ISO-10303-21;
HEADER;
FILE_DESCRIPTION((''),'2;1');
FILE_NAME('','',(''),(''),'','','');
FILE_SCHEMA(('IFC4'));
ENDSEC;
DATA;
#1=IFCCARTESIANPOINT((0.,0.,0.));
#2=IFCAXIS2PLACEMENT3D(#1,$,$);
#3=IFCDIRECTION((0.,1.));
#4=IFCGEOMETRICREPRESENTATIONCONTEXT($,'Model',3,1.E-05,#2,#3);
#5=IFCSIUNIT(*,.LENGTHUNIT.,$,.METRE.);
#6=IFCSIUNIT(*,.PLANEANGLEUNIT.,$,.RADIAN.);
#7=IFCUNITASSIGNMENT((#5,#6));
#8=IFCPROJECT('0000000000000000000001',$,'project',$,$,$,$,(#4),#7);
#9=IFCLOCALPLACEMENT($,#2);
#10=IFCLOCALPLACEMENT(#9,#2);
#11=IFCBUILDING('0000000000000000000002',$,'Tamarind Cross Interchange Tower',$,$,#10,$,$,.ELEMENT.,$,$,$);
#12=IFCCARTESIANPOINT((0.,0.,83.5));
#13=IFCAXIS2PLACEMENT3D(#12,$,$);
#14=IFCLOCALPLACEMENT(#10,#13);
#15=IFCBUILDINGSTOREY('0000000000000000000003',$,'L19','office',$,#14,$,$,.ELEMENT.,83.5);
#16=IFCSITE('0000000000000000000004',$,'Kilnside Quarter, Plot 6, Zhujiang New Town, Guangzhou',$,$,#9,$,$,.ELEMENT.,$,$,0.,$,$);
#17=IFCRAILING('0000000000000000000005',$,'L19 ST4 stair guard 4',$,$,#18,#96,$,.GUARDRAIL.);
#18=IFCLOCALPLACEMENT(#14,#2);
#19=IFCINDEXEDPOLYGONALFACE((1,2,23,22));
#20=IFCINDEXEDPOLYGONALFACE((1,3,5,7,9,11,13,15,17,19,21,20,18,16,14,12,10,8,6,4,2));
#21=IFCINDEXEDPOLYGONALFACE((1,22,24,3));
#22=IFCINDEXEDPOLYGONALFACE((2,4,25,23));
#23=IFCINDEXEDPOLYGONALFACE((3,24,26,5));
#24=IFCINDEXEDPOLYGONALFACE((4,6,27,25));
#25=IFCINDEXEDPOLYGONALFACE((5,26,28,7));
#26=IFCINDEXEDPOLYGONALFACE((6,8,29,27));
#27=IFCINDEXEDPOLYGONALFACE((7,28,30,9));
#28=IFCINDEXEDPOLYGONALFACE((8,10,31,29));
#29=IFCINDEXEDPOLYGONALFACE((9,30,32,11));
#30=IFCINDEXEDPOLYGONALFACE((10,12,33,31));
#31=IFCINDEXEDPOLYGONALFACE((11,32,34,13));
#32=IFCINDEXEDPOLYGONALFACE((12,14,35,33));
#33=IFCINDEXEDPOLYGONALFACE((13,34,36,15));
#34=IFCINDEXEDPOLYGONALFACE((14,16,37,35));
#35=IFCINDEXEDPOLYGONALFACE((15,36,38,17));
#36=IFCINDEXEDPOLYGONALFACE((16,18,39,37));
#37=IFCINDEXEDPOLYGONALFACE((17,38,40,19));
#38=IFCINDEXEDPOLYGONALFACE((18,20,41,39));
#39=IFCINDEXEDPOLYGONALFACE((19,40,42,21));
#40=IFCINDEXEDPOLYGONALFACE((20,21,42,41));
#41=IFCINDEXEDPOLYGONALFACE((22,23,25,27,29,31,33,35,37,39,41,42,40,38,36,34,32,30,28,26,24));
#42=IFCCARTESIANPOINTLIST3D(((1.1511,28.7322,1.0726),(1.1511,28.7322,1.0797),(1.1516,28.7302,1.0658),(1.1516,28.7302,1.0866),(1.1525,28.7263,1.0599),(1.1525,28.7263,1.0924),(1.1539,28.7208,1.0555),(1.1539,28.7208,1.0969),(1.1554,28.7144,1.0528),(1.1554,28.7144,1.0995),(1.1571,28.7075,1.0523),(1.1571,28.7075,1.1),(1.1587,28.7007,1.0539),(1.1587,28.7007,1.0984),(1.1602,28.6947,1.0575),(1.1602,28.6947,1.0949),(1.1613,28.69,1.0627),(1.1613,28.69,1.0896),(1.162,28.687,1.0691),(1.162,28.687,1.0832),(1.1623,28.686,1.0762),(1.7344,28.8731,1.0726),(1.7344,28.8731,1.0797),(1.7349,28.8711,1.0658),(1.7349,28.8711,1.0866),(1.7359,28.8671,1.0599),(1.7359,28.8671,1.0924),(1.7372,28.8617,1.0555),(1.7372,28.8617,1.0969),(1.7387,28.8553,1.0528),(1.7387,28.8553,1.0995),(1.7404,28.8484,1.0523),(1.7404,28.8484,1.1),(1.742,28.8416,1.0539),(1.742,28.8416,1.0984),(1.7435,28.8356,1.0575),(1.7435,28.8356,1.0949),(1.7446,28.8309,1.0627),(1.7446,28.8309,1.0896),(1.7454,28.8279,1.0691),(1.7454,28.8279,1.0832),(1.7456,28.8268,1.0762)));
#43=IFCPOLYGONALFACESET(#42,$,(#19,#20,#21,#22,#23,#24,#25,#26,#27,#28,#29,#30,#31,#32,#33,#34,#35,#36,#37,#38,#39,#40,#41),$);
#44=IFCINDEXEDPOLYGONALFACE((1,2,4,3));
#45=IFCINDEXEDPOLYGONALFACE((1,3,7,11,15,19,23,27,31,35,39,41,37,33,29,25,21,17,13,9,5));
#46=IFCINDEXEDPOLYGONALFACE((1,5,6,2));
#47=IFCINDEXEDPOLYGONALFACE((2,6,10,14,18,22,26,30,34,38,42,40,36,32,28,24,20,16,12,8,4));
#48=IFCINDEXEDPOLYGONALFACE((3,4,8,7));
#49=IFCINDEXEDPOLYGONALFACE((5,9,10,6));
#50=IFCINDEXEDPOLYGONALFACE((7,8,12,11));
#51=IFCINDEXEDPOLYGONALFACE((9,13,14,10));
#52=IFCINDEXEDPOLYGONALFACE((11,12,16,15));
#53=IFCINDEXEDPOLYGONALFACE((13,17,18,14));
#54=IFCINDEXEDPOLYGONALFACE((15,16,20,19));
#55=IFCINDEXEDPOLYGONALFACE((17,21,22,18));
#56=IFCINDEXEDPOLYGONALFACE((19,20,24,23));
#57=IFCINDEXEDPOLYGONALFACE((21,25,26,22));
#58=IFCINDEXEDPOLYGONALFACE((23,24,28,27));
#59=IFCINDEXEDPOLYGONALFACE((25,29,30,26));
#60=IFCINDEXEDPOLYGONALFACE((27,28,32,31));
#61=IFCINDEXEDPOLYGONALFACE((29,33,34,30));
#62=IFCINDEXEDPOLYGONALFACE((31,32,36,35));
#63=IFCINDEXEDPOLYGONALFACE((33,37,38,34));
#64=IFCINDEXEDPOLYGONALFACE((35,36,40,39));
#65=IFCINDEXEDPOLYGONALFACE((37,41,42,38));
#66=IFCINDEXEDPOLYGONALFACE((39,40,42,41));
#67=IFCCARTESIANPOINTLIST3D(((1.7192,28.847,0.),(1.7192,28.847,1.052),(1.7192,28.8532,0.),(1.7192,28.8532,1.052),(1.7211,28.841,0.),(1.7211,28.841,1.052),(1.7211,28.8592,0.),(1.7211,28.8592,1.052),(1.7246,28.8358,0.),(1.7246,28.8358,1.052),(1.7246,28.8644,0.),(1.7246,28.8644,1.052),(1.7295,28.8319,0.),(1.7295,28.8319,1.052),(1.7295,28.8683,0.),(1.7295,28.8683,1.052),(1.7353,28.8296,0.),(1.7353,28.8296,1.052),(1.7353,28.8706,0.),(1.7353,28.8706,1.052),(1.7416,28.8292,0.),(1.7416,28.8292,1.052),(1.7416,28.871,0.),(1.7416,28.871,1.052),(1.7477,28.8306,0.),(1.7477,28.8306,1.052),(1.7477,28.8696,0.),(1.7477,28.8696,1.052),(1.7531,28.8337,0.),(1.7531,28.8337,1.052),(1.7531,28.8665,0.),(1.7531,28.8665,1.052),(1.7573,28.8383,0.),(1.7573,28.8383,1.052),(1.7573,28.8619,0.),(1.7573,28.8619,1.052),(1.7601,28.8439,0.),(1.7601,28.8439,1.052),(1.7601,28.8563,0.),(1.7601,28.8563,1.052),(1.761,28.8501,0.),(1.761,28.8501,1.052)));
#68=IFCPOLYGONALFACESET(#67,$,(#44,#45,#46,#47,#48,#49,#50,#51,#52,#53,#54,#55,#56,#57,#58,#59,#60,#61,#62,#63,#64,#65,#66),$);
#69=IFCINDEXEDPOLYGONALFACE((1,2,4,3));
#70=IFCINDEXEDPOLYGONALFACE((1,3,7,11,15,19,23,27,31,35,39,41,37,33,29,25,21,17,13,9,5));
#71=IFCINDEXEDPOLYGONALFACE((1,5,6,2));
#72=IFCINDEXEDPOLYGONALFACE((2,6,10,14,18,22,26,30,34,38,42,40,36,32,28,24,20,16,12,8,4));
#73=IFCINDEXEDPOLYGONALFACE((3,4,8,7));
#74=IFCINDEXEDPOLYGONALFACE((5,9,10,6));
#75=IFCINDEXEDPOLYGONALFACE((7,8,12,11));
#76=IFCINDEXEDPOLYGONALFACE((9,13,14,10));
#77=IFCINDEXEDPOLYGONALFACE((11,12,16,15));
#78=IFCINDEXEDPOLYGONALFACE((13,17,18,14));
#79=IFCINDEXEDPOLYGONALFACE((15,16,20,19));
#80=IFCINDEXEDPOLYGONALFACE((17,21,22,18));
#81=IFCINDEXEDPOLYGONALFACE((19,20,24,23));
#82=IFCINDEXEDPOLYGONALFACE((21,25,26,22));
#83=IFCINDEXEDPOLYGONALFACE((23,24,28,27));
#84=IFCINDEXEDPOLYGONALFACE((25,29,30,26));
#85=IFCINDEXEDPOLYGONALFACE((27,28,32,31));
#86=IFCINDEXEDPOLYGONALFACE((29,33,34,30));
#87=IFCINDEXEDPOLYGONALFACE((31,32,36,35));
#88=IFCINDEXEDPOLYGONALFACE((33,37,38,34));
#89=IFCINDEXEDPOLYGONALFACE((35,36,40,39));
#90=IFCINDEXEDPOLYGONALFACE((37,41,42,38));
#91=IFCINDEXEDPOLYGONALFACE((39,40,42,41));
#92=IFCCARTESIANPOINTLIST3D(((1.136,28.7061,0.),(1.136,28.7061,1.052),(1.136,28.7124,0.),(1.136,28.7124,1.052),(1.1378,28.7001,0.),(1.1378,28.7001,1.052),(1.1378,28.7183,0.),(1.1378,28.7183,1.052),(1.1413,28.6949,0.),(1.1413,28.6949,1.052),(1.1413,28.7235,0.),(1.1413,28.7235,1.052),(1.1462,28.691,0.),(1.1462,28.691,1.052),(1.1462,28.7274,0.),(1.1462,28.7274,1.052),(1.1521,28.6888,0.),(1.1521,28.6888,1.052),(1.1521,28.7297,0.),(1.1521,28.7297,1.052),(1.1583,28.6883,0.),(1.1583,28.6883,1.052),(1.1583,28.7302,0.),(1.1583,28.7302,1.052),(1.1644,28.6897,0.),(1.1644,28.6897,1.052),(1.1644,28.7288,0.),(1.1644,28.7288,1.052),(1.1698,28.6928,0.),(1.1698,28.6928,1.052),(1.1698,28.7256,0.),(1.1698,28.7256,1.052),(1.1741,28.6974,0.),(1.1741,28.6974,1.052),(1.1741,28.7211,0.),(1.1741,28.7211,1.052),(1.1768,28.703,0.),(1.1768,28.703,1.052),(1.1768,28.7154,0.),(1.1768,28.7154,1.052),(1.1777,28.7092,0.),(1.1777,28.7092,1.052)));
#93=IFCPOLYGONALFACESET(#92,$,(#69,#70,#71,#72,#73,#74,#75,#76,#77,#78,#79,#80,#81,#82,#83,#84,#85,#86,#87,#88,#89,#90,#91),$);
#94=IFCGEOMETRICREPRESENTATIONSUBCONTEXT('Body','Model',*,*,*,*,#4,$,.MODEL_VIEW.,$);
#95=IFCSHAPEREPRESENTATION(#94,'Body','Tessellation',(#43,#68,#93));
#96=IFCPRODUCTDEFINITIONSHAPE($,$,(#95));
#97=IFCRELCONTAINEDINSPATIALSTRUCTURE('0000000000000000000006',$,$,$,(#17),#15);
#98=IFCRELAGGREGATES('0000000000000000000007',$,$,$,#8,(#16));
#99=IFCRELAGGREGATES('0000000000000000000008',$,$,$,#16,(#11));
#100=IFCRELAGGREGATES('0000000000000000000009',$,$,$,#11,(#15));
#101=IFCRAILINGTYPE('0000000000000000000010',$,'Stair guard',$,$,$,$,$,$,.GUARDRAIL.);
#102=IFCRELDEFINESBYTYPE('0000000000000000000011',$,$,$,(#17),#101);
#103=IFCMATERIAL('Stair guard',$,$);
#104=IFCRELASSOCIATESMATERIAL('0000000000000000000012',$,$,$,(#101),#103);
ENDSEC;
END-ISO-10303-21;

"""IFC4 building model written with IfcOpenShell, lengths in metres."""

from ifc_helpers import new_model, si_unit, direction, frame, origin, origin_2d, place, context, subcontext, project, spatial, circle, extrude, material, type_object, element, save


model = new_model("IFC4")

# Units and contexts
model_context = context("Model", 3, precision=1e-05, world=origin(), true_north=direction((0.0, 1.0)))
body_context = subcontext(model_context, "Body", "Model", "MODEL_VIEW")
ifc_project = project(units=[si_unit("LENGTHUNIT", "METRE"), si_unit("PLANEANGLEUNIT", "RADIAN")], contexts=[model_context])

# Site, building, storey
site_placement = place(None, origin())
site = spatial("IfcSite", under=ifc_project, at=site_placement, Name="Kilnside Quarter, Plot 6, Zhujiang New Town, Guangzhou", CompositionType="ELEMENT", RefElevation=0.0)
building_placement = place(site_placement, origin())
building = spatial("IfcBuilding", under=site, at=building_placement, Name="Tamarind Cross Interchange Tower", CompositionType="ELEMENT")
storey_placement = place(building_placement, frame((0.0, 0.0, 83.5)))
storey = spatial("IfcBuildingStorey", under=building, at=storey_placement, Name="L19", Description="office", CompositionType="ELEMENT", Elevation=83.5)

# Railing
ifc_material_1 = material(Name="Stair guard")
railing_type_1 = type_object("IfcRailingType", Name="Stair guard", PredefinedType="GUARDRAIL", material=ifc_material_1)
railing_1_placement = place(storey_placement, frame((1.74, 28.8501, 0.0)))
element("IfcRailing", 1, at=railing_1_placement, inside=storey, type_object=railing_type_1, Name="L19 ST4 stair guard 4", PredefinedType="GUARDRAIL", context=body_context, shape_type="SweptSolid", body=[
    extrude(circle(Radius=0.0239, at=origin_2d()), frame((0.0, 0.0, 1.0762), z_axis=(-0.97205, -0.234773, 0.0), x_axis=(0.234773, -0.97205, 0.0)), (0.0, 0.0, 1.0), 0.6001),
    extrude(circle(Radius=0.021, at=origin_2d()), origin(), (0.0, 0.0, 1.0), 1.052),
    extrude(circle(Radius=0.021, at=origin_2d()), frame((-0.5833, -0.1409, 0.0)), (0.0, 0.0, 1.0), 1.052),
])

save(model, "model.ifc")
